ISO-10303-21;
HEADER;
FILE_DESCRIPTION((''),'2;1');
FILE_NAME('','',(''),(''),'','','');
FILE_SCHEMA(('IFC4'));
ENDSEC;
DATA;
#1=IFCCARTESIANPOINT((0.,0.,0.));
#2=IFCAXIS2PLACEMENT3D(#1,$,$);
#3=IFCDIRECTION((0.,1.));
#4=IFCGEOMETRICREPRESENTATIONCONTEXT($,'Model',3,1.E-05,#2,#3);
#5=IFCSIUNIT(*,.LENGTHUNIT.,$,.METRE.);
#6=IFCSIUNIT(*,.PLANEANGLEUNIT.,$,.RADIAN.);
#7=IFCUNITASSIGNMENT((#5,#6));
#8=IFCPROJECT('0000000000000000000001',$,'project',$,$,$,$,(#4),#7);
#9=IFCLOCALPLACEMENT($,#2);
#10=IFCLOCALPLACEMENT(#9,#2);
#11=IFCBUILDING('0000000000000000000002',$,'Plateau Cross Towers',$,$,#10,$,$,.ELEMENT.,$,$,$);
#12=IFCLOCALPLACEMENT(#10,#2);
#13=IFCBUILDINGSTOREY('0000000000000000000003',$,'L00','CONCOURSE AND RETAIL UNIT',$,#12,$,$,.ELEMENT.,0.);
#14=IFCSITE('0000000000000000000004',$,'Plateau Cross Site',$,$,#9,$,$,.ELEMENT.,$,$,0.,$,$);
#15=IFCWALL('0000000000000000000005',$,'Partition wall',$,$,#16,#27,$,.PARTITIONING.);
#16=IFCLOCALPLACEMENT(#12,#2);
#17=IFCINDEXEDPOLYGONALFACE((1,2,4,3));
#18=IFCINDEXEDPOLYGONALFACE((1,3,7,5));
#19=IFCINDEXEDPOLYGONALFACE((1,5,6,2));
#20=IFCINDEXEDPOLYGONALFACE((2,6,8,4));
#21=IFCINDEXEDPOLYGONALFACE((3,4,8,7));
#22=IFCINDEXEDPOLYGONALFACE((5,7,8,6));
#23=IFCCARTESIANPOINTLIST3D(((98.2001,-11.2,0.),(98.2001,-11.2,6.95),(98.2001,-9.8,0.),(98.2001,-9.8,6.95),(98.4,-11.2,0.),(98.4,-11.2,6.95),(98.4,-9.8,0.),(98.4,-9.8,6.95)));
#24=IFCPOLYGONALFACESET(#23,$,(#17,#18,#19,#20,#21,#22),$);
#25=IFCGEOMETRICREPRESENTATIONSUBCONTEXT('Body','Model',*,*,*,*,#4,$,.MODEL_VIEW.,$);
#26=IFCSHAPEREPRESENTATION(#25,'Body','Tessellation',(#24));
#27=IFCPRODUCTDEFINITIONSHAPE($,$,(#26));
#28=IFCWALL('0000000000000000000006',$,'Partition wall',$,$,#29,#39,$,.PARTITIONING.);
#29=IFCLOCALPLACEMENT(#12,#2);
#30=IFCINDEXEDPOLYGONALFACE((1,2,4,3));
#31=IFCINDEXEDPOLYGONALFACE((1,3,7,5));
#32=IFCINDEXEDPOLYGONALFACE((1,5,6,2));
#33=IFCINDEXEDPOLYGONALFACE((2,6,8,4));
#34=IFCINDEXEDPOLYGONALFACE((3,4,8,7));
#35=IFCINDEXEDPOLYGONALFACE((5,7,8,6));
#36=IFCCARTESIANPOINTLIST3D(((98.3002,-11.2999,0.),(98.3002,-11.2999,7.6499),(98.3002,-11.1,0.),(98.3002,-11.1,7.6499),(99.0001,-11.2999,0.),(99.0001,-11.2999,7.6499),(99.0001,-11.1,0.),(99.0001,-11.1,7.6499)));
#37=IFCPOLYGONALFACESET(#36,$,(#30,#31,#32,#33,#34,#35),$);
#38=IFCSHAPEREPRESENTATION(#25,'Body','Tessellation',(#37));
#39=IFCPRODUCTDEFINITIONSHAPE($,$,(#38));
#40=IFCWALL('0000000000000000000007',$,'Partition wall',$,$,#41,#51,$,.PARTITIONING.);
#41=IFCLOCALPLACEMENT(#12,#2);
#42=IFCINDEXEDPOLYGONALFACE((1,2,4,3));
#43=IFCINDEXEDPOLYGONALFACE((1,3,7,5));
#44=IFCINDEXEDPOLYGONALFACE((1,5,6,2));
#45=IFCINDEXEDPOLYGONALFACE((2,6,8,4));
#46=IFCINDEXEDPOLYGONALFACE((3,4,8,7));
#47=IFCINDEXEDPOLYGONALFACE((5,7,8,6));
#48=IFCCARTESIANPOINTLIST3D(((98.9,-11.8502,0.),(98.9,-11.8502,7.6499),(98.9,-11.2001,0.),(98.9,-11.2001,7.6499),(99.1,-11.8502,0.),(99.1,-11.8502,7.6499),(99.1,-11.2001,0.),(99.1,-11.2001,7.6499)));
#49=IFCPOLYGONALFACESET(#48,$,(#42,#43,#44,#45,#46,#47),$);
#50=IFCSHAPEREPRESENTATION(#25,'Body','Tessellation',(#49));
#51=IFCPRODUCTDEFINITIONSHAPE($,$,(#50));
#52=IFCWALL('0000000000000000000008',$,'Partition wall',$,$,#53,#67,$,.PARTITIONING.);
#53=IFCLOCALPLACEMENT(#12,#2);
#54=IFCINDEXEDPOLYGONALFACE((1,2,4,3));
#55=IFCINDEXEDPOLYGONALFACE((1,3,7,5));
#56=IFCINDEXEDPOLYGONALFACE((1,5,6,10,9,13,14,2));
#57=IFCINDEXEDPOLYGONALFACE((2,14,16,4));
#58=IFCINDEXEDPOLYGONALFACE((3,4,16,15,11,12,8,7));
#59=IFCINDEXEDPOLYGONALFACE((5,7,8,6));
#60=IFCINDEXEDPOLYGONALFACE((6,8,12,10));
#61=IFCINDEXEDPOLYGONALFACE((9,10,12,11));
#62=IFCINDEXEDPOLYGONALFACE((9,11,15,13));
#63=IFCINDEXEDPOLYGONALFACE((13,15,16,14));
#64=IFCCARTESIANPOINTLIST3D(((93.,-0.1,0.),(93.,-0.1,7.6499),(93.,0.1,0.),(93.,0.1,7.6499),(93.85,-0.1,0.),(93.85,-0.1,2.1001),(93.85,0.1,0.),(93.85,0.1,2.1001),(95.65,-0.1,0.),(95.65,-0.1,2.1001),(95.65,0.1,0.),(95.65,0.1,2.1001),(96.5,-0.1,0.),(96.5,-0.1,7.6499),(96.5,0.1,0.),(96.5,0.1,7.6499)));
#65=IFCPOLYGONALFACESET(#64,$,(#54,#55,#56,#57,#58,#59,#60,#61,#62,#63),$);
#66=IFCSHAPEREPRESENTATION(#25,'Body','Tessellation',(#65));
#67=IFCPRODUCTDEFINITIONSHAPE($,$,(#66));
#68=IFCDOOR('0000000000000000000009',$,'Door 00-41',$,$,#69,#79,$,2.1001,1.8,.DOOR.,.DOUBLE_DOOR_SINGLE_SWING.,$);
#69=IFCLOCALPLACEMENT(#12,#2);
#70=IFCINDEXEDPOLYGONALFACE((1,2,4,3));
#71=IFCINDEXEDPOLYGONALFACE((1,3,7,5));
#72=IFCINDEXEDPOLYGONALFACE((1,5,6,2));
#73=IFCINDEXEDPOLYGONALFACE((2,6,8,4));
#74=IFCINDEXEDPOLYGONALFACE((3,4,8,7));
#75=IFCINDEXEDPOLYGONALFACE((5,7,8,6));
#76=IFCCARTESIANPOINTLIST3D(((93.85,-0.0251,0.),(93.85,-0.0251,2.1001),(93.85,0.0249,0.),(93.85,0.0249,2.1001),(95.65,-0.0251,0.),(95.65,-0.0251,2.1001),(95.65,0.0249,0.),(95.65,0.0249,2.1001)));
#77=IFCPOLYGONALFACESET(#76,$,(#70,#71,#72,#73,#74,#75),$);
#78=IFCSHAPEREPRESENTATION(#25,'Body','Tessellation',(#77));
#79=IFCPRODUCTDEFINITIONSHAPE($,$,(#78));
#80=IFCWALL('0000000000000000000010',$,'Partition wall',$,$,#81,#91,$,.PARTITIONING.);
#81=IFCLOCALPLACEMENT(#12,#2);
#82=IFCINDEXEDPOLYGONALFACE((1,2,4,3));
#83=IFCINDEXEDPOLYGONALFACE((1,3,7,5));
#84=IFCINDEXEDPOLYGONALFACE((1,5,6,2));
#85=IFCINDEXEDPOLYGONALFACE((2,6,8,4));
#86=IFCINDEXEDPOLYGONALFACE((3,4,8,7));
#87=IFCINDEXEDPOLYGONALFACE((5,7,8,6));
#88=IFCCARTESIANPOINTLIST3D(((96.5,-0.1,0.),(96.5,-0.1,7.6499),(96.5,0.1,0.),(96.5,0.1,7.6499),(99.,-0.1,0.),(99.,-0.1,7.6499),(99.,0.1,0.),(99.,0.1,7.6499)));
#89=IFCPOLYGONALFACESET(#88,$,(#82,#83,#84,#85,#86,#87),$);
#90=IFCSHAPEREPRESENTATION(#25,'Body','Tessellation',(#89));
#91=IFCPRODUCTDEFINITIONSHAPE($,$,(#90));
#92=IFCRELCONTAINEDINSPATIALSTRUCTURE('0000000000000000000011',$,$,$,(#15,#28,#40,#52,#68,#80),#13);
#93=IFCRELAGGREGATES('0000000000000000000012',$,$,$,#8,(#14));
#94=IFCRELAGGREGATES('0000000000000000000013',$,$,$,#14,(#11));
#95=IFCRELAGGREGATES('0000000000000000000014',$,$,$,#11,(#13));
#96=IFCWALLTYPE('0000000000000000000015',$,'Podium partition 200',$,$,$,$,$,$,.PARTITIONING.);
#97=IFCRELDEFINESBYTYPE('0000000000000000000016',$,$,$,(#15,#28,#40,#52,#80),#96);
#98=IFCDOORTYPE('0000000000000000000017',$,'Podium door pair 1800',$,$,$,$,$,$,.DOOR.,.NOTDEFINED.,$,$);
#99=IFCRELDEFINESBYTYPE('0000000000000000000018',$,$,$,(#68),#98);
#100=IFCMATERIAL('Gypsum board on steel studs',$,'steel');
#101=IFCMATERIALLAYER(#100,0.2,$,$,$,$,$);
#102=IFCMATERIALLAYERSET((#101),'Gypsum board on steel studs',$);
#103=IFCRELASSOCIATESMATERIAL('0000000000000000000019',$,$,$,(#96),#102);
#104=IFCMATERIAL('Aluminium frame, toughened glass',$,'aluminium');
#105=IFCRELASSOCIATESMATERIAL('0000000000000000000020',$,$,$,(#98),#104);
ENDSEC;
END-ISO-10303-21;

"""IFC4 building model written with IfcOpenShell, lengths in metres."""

from ifc_helpers import new_model, si_unit, direction, frame, frame_2d, origin, place, context, subcontext, project, spatial, rectangle, extrude, material, layer, layer_set, type_object, element, fill, save


model = new_model("IFC4")

# Units and contexts
model_context = context("Model", 3, precision=1e-05, world=origin(), true_north=direction((0.0, 1.0)))
body_context = subcontext(model_context, "Body", "Model", "MODEL_VIEW")
ifc_project = project(units=[si_unit("LENGTHUNIT", "METRE"), si_unit("PLANEANGLEUNIT", "RADIAN")], contexts=[model_context])

# Site, building, storey
site_placement = place(None, origin())
site = spatial("IfcSite", under=ifc_project, at=site_placement, Name="Plateau Cross Site", CompositionType="ELEMENT", RefElevation=0.0)
building_placement = place(site_placement, origin())
building = spatial("IfcBuilding", under=site, at=building_placement, Name="Plateau Cross Towers", CompositionType="ELEMENT")
storey_placement = place(building_placement, origin())
storey = spatial("IfcBuildingStorey", under=building, at=storey_placement, Name="L00", Description="CONCOURSE AND RETAIL UNIT", CompositionType="ELEMENT", Elevation=0.0)

# Walls
ifc_material_1 = material(Name="Gypsum board on steel studs", Category="steel")
ifc_layer_1 = layer(ifc_material_1, 0.2)
ifc_layer_set_1 = layer_set([ifc_layer_1], Name="Gypsum board on steel studs")
wall_type_1 = type_object("IfcWallType", Name="Podium partition 200", PredefinedType="PARTITIONING", material=ifc_layer_set_1)
wall_1_placement = place(storey_placement, frame((98.3, -9.8, 0.0), z_axis=(0.0, 0.0, 1.0), x_axis=(0.0, -1.0, 0.0)))
element("IfcWall", 1, at=wall_1_placement, inside=storey, type_object=wall_type_1, Name="Partition wall", PredefinedType="PARTITIONING", context=body_context, shape_type="SweptSolid", body=[
    extrude(rectangle(XDim=1.3999, YDim=0.2, at=frame_2d((0.7, 0.0))), origin(), (0.0, 0.0, 1.0), 6.95),
])
wall_2_placement = place(storey_placement, frame((98.3, -11.2, 0.0), z_axis=(0.0, 0.0, 1.0), x_axis=(1.0, 0.0, 0.0)))
element("IfcWall", 2, at=wall_2_placement, inside=storey, type_object=wall_type_1, Name="Partition wall", PredefinedType="PARTITIONING", context=body_context, shape_type="SweptSolid", body=[
    extrude(rectangle(XDim=0.7, YDim=0.2, at=frame_2d((0.3501, 0.0))), origin(), (0.0, 0.0, 1.0), 7.6499),
])
wall_3_placement = place(storey_placement, frame((99.0, -11.2, 0.0), z_axis=(0.0, 0.0, 1.0), x_axis=(0.0, -1.0, 0.0)))
element("IfcWall", 3, at=wall_3_placement, inside=storey, type_object=wall_type_1, Name="Partition wall", PredefinedType="PARTITIONING", context=body_context, shape_type="SweptSolid", body=[
    extrude(rectangle(XDim=0.6501, YDim=0.2, at=frame_2d((0.3252, 0.0))), origin(), (0.0, 0.0, 1.0), 7.6499),
])

# Wall, opening, door
wall_4_placement = place(storey_placement, frame((93.0, 0.0, 0.0), z_axis=(0.0, 0.0, 1.0), x_axis=(1.0, 0.0, 0.0)))
wall_4 = element("IfcWall", 4, at=wall_4_placement, inside=storey, type_object=wall_type_1, Name="Partition wall", PredefinedType="PARTITIONING", context=body_context, shape_type="SweptSolid", body=[
    extrude(rectangle(XDim=3.5, YDim=0.2, at=frame_2d((1.75, 0.0))), origin(), (0.0, 0.0, 1.0), 7.6499),
])
opening_1_placement = place(wall_4_placement, frame((0.8501, 0.0, 0.0)))
opening_1 = element("IfcOpeningElement", 5, at=opening_1_placement, cuts=wall_4, PredefinedType="OPENING", context=body_context, shape_type="SweptSolid", body=[
    extrude(rectangle(XDim=1.8, YDim=2.1001, at=frame_2d((0.8999, 1.05))), frame((0.0, 0.1099, 0.0), z_axis=(0.0, -1.0, 0.0), x_axis=(1.0, 0.0, 0.0)), (0.0, 0.0, 1.0), 0.22),
])
ifc_material_2 = material(Name="Aluminium frame, toughened glass", Category="aluminium")
door_type_1 = type_object("IfcDoorType", Name="Podium door pair 1800", OperationType="NOTDEFINED", PredefinedType="DOOR", material=ifc_material_2)
door_1_placement = place(opening_1_placement, origin())
door_1 = element("IfcDoor", 6, at=door_1_placement, inside=storey, type_object=door_type_1, Name="Door 00-41", OperationType="DOUBLE_DOOR_SINGLE_SWING", OverallHeight=2.1001, OverallWidth=1.8, PredefinedType="DOOR", context=body_context, shape_type="SweptSolid", body=[
    extrude(rectangle(XDim=1.8, YDim=2.1001, at=frame_2d((0.8999, 1.05))), frame((0.0, 0.0249, 0.0), z_axis=(0.0, -1.0, 0.0), x_axis=(1.0, 0.0, 0.0)), (0.0, 0.0, 1.0), 0.05),
])
fill(opening_1, door_1)

# Wall
wall_5_placement = place(storey_placement, frame((96.5, 0.0, 0.0), z_axis=(0.0, 0.0, 1.0), x_axis=(1.0, 0.0, 0.0)))
element("IfcWall", 7, at=wall_5_placement, inside=storey, type_object=wall_type_1, Name="Partition wall", PredefinedType="PARTITIONING", context=body_context, shape_type="SweptSolid", body=[
    extrude(rectangle(XDim=2.5, YDim=0.2, at=frame_2d((1.25, 0.0))), origin(), (0.0, 0.0, 1.0), 7.6499),
])

save(model, "model.ifc")
